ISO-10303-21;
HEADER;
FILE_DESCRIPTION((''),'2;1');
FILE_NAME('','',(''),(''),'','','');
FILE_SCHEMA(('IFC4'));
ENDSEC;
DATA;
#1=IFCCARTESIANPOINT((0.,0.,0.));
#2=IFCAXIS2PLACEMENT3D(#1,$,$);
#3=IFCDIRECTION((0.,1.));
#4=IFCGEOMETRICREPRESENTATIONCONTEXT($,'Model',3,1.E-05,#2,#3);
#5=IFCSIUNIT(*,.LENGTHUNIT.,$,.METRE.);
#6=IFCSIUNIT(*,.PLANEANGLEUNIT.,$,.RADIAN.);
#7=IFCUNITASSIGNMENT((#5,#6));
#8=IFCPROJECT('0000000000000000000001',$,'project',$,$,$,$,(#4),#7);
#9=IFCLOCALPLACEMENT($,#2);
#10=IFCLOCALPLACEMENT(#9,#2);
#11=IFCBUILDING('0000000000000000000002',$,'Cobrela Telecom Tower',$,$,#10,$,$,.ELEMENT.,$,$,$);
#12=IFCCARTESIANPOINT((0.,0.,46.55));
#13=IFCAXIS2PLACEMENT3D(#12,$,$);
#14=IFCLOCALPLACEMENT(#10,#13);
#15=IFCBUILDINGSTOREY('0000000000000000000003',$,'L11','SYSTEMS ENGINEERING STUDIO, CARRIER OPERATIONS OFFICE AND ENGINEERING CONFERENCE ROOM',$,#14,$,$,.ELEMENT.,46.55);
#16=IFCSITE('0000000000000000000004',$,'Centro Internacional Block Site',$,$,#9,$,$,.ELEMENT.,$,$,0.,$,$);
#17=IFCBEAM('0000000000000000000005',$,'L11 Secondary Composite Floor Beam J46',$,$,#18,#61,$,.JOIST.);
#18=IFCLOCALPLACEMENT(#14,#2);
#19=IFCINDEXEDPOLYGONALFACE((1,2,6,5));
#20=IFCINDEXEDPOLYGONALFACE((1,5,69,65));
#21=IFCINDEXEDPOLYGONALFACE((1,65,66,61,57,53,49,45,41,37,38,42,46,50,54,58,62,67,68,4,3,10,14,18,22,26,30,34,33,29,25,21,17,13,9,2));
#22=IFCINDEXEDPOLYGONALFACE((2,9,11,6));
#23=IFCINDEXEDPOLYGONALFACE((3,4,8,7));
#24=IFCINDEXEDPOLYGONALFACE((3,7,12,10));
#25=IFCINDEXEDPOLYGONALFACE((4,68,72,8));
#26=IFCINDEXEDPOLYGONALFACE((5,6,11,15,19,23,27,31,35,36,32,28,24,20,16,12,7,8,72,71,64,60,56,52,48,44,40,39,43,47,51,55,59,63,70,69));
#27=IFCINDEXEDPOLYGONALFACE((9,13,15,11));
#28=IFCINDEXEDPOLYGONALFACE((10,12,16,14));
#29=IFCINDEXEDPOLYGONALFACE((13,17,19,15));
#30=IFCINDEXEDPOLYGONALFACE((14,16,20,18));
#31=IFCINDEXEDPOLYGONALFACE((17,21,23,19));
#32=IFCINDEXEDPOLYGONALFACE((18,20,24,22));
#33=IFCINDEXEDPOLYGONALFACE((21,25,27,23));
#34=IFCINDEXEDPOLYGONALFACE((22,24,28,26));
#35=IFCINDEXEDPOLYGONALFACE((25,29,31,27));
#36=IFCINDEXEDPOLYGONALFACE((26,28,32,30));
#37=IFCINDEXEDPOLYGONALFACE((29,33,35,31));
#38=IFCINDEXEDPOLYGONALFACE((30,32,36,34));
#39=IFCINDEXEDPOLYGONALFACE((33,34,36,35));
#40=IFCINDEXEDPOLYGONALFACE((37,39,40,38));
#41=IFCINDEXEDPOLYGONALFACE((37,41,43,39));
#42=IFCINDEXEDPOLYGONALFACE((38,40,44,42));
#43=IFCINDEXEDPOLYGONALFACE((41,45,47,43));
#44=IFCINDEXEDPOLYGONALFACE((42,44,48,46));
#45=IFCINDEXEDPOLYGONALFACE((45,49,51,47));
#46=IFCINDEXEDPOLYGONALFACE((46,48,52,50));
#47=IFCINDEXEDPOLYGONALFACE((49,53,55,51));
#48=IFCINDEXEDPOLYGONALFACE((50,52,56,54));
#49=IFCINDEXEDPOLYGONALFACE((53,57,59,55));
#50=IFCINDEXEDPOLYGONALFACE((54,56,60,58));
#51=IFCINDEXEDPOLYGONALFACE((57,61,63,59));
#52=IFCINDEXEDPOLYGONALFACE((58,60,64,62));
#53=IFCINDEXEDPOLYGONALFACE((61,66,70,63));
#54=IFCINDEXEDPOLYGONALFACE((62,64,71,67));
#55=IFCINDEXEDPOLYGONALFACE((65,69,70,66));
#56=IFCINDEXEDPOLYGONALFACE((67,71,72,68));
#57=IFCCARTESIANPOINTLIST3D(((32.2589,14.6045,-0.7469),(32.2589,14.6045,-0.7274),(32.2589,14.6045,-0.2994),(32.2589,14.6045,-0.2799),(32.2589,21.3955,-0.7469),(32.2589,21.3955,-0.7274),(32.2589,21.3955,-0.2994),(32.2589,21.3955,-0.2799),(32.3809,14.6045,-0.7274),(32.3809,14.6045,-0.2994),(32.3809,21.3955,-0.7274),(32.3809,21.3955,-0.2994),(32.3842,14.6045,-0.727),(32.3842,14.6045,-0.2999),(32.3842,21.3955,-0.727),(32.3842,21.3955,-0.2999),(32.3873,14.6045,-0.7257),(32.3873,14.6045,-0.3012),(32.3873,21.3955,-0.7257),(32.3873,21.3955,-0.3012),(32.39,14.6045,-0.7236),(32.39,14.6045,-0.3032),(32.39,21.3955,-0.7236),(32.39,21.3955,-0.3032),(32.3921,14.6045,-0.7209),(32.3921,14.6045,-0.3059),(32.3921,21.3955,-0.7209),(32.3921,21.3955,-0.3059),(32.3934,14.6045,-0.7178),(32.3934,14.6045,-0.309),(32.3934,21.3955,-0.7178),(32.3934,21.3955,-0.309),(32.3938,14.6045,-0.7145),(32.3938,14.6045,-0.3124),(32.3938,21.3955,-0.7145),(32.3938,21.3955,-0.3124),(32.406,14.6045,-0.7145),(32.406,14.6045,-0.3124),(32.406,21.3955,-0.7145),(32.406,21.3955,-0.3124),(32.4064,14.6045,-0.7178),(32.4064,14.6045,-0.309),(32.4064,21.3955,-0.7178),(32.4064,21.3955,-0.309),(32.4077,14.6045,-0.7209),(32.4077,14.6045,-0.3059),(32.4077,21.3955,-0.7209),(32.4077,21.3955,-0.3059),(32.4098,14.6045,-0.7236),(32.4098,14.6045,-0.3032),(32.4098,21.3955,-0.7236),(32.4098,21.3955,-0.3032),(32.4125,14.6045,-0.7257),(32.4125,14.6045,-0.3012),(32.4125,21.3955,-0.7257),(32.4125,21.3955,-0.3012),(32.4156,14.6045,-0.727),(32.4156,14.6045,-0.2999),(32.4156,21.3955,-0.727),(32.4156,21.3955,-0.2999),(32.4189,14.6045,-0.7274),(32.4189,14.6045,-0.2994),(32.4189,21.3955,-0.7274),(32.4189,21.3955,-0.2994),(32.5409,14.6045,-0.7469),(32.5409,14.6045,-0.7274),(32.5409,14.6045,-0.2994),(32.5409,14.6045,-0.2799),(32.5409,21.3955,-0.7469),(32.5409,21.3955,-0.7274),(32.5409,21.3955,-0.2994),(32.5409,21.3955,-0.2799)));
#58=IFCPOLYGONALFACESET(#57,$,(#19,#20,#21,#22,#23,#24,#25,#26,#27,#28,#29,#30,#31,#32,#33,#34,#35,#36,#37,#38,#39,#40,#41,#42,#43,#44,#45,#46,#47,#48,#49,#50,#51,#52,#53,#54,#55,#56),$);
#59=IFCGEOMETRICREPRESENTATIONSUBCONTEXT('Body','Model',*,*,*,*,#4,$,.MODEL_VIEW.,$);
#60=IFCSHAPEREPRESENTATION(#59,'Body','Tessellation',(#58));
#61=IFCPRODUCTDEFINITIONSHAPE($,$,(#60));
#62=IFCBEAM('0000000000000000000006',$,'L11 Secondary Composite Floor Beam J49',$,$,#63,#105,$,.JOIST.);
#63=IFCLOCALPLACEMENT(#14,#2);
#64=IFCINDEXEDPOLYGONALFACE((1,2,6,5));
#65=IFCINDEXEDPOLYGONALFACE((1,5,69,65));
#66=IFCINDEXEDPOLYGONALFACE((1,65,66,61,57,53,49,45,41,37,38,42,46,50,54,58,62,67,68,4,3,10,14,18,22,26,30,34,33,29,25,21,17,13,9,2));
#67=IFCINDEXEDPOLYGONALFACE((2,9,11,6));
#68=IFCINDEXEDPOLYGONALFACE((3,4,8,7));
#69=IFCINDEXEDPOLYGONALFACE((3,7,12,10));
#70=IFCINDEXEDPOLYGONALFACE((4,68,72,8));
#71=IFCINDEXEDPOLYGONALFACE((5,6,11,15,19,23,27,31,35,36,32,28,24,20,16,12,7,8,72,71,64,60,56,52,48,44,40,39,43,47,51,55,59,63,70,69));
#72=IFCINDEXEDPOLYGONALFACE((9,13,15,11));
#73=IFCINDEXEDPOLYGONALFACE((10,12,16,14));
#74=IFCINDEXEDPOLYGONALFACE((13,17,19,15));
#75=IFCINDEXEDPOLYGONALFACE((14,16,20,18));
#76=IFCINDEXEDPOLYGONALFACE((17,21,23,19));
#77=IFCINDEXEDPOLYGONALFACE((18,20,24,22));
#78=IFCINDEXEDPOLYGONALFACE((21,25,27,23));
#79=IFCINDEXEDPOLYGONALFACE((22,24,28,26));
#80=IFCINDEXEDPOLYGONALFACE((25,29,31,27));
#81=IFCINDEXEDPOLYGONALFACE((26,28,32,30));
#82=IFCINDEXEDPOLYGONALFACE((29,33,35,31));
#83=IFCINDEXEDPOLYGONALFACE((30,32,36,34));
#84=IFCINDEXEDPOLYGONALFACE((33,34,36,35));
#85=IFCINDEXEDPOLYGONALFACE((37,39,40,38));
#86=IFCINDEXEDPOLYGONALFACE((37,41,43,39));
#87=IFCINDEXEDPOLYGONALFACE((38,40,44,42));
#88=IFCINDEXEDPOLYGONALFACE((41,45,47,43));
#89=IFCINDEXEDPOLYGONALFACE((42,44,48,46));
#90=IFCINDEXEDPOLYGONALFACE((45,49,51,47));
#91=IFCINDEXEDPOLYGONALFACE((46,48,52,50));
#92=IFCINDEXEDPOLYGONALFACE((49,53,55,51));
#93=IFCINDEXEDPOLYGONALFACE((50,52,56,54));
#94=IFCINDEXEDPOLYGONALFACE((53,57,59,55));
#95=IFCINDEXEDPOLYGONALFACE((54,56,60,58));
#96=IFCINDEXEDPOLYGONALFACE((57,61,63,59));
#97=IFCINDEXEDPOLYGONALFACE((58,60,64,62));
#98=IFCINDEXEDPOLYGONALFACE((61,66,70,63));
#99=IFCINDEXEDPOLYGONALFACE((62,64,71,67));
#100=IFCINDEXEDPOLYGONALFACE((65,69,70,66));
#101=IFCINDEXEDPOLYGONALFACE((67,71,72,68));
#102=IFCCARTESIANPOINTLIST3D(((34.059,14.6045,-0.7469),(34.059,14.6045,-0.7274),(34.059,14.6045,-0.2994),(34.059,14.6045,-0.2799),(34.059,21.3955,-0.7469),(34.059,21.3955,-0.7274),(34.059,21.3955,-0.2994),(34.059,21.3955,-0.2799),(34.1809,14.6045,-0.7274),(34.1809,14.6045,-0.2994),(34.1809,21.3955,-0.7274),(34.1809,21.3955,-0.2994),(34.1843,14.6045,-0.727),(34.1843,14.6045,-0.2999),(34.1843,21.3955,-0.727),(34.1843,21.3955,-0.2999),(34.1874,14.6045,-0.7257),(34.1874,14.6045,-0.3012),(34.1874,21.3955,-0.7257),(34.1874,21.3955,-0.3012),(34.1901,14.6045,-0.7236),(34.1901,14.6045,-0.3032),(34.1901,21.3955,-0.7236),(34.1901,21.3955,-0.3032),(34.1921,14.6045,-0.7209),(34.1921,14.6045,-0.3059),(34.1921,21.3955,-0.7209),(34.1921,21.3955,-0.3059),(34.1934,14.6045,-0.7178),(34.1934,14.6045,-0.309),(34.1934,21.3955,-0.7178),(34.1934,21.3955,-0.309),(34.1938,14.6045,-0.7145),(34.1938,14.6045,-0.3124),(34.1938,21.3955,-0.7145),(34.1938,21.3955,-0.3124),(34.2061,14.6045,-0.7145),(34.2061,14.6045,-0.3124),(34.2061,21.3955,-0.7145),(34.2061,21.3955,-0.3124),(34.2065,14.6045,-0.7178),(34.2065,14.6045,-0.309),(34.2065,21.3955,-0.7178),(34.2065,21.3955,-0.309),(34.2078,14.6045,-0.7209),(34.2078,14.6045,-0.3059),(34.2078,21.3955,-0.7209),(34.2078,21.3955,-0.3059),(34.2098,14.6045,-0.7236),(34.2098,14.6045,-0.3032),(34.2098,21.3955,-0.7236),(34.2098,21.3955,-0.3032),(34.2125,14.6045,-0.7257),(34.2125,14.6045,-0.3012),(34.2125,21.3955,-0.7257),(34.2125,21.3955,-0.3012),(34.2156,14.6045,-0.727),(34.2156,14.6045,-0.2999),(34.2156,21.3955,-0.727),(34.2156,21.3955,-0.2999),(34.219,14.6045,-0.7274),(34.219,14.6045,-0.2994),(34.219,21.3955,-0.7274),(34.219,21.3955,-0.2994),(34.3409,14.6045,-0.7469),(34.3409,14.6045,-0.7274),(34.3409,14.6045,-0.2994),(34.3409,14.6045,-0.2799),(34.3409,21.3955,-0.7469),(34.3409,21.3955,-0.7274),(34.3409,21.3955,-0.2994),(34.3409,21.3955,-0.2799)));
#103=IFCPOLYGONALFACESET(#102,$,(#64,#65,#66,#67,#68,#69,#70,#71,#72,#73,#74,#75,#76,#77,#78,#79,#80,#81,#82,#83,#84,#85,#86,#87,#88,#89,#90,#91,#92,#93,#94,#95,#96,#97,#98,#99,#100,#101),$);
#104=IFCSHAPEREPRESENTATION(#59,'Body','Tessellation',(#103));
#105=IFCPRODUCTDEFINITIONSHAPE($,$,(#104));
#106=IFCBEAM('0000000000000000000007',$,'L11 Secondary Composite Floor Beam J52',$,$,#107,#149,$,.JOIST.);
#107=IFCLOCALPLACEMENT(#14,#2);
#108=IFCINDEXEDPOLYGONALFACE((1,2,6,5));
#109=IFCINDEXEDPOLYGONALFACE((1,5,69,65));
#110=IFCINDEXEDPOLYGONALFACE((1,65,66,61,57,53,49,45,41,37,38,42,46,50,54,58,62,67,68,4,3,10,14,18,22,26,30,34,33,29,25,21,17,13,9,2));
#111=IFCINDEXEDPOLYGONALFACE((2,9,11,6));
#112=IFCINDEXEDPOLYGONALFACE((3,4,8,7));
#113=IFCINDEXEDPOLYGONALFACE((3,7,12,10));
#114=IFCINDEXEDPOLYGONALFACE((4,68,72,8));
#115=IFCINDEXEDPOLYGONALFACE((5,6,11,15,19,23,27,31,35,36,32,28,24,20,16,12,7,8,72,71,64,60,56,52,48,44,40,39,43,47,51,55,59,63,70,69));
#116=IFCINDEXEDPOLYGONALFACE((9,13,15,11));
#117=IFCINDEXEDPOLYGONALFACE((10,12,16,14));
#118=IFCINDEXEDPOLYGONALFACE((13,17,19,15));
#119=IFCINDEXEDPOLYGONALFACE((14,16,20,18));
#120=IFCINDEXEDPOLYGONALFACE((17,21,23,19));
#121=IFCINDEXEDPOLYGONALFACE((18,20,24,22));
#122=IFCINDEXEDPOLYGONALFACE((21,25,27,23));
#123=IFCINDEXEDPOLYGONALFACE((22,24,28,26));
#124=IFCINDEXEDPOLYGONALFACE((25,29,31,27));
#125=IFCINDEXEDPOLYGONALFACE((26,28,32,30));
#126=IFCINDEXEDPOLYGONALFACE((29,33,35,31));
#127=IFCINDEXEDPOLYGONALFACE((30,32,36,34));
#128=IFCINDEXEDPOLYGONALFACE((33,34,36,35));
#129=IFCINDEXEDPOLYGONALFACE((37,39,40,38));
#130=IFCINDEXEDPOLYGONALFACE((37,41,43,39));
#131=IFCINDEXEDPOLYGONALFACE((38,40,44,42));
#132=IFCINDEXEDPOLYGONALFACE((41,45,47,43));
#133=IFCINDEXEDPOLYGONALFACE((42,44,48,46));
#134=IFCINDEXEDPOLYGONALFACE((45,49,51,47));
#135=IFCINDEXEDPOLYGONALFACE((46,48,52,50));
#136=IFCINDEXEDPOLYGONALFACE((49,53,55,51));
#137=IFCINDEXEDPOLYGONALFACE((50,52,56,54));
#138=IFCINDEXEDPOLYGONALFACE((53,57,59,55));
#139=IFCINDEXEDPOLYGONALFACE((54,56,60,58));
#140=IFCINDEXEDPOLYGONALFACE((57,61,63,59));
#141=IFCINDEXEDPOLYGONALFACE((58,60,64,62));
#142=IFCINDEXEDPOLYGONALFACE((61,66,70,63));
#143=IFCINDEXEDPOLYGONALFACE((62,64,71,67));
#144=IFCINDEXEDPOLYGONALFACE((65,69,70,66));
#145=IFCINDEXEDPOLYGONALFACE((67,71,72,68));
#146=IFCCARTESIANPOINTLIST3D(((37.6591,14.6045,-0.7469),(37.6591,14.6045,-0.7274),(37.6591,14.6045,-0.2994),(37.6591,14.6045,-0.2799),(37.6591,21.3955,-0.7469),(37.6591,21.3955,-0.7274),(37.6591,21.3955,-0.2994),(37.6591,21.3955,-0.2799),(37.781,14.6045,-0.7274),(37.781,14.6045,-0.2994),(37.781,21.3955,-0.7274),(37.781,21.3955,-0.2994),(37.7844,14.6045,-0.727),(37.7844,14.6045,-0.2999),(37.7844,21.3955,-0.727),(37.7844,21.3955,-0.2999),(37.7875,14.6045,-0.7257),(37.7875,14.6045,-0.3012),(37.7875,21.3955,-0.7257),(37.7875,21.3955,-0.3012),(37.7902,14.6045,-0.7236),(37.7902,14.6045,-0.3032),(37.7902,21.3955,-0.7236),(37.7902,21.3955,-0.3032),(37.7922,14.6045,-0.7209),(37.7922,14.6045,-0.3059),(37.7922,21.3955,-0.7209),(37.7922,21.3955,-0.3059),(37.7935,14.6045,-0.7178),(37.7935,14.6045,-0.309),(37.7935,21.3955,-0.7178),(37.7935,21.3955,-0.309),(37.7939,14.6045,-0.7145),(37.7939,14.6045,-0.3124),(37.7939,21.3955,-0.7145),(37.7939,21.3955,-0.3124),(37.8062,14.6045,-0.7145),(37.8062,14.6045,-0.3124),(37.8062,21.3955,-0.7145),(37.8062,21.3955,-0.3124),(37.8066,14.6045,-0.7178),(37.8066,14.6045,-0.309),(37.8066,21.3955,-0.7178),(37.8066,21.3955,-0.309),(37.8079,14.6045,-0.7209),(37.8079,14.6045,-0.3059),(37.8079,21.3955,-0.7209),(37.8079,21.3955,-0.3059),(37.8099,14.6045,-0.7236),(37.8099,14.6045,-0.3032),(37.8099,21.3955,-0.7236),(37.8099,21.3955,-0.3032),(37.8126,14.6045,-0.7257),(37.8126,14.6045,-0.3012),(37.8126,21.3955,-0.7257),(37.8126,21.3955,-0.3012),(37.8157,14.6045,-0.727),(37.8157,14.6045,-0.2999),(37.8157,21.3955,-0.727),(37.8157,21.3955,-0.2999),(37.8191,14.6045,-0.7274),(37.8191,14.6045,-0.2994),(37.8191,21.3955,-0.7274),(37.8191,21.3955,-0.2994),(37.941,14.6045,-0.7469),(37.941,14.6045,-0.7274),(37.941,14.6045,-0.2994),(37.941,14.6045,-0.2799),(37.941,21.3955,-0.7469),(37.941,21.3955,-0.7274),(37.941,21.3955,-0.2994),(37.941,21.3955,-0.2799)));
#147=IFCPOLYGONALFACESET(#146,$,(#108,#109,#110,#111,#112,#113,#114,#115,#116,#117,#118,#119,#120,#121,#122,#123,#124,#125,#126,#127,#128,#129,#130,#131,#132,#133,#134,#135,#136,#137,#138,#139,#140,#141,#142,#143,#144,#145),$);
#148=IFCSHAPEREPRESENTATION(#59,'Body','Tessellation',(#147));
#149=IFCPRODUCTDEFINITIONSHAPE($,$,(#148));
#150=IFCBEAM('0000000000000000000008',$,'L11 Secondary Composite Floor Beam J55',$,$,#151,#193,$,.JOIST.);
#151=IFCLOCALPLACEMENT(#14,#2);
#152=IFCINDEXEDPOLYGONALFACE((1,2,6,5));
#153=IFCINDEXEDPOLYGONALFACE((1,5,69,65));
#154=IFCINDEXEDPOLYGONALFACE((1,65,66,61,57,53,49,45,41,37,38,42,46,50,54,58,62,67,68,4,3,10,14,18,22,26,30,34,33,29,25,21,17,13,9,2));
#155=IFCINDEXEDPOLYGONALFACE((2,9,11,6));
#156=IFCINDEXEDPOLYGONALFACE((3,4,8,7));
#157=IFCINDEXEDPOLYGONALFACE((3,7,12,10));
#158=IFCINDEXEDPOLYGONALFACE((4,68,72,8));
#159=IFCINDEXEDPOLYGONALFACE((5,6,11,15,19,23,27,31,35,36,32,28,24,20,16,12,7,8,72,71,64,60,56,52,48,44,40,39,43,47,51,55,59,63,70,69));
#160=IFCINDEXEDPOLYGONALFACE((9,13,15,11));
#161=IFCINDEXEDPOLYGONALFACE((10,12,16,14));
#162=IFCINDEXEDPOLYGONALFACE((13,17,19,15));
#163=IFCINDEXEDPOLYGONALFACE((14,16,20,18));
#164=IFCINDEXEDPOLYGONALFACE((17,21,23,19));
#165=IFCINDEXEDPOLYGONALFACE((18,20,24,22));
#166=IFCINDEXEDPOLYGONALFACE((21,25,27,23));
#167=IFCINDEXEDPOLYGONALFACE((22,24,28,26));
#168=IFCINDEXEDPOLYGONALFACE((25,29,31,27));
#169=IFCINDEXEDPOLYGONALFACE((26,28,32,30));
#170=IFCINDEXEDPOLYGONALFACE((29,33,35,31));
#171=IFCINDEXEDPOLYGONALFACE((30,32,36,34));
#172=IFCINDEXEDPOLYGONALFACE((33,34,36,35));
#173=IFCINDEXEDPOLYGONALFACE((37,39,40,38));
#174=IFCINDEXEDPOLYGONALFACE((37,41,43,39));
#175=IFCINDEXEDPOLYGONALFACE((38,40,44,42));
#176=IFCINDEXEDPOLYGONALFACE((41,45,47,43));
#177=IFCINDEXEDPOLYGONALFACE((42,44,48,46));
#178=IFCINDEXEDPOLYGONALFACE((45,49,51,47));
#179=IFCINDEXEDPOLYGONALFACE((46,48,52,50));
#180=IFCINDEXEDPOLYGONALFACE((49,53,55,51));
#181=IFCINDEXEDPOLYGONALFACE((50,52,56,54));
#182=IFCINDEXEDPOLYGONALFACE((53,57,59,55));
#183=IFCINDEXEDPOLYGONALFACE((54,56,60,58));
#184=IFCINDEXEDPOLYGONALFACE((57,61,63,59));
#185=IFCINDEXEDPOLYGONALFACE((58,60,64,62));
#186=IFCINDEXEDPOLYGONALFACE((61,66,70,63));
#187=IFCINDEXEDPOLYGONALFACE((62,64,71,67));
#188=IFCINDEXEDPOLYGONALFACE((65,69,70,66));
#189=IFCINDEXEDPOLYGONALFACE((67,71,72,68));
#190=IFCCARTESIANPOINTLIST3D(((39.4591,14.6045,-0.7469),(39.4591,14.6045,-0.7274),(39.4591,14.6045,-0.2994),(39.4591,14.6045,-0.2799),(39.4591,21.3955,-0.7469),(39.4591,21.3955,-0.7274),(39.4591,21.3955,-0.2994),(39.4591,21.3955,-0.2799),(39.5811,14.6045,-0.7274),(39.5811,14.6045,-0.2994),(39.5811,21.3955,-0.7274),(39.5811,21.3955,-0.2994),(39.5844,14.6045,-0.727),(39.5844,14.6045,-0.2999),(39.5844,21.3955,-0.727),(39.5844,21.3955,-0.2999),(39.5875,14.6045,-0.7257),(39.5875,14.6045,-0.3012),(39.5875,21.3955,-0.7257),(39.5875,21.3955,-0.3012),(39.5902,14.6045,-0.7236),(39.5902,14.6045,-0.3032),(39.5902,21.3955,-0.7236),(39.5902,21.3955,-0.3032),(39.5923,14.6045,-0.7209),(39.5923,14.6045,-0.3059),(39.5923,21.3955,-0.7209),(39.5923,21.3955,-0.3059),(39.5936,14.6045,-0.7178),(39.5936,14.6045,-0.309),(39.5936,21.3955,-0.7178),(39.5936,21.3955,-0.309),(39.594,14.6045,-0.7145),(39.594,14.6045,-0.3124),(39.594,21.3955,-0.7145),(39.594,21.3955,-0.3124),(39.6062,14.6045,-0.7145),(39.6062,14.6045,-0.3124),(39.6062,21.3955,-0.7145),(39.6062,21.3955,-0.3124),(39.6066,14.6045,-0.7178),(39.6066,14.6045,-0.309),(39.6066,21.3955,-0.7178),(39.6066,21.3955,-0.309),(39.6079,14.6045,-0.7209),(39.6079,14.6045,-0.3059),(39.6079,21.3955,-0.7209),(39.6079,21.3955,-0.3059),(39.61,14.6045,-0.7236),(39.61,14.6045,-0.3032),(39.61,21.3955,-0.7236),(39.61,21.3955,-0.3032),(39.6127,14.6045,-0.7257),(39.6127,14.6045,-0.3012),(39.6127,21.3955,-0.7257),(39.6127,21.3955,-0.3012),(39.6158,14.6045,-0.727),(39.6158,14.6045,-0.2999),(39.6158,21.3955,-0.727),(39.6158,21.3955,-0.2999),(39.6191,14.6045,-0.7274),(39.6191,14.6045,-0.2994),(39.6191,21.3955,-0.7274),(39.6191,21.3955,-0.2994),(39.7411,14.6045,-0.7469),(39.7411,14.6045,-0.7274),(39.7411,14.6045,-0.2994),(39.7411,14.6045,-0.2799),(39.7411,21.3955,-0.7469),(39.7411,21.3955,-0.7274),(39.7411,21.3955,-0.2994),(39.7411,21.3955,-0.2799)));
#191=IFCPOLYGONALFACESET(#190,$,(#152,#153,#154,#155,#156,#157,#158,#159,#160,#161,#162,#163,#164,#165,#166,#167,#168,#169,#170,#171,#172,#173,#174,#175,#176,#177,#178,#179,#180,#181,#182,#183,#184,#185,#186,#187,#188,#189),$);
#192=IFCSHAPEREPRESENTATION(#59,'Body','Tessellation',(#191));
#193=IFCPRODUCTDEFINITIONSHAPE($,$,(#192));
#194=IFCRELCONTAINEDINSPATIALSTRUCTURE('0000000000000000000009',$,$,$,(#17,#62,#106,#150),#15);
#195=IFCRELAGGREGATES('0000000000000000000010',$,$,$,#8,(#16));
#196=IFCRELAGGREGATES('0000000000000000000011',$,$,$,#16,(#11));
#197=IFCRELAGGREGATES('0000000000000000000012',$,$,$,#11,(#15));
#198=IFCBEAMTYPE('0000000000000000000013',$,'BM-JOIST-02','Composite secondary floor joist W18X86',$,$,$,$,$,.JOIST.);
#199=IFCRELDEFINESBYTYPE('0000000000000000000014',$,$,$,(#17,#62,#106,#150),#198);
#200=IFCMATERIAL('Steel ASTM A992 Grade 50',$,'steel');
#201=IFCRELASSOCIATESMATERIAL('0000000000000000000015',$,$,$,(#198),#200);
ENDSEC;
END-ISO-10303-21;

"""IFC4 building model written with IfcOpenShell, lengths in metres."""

from ifc_helpers import new_model, si_unit, direction, frame, origin, origin_2d, place, context, subcontext, project, spatial, i_section, extrude, material, material_profile, profile_set, type_object, element, save


model = new_model("IFC4")

# Units and contexts
model_context = context("Model", 3, precision=1e-05, world=origin(), true_north=direction((0.0, 1.0)))
body_context = subcontext(model_context, "Body", "Model", "MODEL_VIEW")
ifc_project = project(units=[si_unit("LENGTHUNIT", "METRE"), si_unit("PLANEANGLEUNIT", "RADIAN")], contexts=[model_context])

# Site, building, storey
site_placement = place(None, origin())
site = spatial("IfcSite", under=ifc_project, at=site_placement, Name="Centro Internacional Block Site", CompositionType="ELEMENT", RefElevation=0.0)
building_placement = place(site_placement, origin())
building = spatial("IfcBuilding", under=site, at=building_placement, Name="Cobrela Telecom Tower", CompositionType="ELEMENT")
storey_placement = place(building_placement, frame((0.0, 0.0, 46.55)))
storey = spatial("IfcBuildingStorey", under=building, at=storey_placement, Name="L11", Description="SYSTEMS ENGINEERING STUDIO, CARRIER OPERATIONS OFFICE AND ENGINEERING CONFERENCE ROOM", CompositionType="ELEMENT", Elevation=46.55)

# Shared definitions
ifc_material_1 = material(Name="Steel ASTM A992 Grade 50", Category="steel")

# Beams
ifc_material_profile_1 = material_profile(ifc_material_1, i_section(OverallWidth=0.282, OverallDepth=0.467, WebThickness=0.0122, FlangeThickness=0.0195, FilletRadius=0.0129, at=origin_2d()), Name="W18X86")
ifc_profile_set_1 = profile_set([ifc_material_profile_1], Name="Steel ASTM A992 Grade 50")
beam_type_1 = type_object("IfcBeamType", Name="BM-JOIST-02", Description="Composite secondary floor joist W18X86", PredefinedType="JOIST", material=ifc_profile_set_1)
for number, where, z_axis, x_axis, name in (
    (1, (32.3999, 14.6045, -0.5134), (0.0, 1.0, 0.0), (-1.0, 0.0, 0.0), "L11 Secondary Composite Floor Beam J46"),
    (2, (34.2, 14.6045, -0.5134), (0.0, 1.0, 0.0), (-1.0, 0.0, 0.0), "L11 Secondary Composite Floor Beam J49"),
    (3, (37.8, 14.6045, -0.5134), (0.0, 1.0, 0.0), (-1.0, 0.0, 0.0), "L11 Secondary Composite Floor Beam J52"),
    (4, (39.6001, 14.6045, -0.5134), (0.0, 1.0, 0.0), (-1.0, 0.0, 0.0), "L11 Secondary Composite Floor Beam J55"),
):
    element("IfcBeam", number, at=place(storey_placement, frame(where, z_axis=z_axis, x_axis=x_axis)), inside=storey, type_object=beam_type_1, Name=name, PredefinedType="JOIST", context=body_context, shape_type="SweptSolid", body=[
        extrude(i_section(OverallWidth=0.282, OverallDepth=0.467, WebThickness=0.0122, FlangeThickness=0.0195, FilletRadius=0.0129, at=origin_2d()), origin(), (0.0, 0.0, 1.0), 6.791),
    ])

save(model, "model.ifc")
